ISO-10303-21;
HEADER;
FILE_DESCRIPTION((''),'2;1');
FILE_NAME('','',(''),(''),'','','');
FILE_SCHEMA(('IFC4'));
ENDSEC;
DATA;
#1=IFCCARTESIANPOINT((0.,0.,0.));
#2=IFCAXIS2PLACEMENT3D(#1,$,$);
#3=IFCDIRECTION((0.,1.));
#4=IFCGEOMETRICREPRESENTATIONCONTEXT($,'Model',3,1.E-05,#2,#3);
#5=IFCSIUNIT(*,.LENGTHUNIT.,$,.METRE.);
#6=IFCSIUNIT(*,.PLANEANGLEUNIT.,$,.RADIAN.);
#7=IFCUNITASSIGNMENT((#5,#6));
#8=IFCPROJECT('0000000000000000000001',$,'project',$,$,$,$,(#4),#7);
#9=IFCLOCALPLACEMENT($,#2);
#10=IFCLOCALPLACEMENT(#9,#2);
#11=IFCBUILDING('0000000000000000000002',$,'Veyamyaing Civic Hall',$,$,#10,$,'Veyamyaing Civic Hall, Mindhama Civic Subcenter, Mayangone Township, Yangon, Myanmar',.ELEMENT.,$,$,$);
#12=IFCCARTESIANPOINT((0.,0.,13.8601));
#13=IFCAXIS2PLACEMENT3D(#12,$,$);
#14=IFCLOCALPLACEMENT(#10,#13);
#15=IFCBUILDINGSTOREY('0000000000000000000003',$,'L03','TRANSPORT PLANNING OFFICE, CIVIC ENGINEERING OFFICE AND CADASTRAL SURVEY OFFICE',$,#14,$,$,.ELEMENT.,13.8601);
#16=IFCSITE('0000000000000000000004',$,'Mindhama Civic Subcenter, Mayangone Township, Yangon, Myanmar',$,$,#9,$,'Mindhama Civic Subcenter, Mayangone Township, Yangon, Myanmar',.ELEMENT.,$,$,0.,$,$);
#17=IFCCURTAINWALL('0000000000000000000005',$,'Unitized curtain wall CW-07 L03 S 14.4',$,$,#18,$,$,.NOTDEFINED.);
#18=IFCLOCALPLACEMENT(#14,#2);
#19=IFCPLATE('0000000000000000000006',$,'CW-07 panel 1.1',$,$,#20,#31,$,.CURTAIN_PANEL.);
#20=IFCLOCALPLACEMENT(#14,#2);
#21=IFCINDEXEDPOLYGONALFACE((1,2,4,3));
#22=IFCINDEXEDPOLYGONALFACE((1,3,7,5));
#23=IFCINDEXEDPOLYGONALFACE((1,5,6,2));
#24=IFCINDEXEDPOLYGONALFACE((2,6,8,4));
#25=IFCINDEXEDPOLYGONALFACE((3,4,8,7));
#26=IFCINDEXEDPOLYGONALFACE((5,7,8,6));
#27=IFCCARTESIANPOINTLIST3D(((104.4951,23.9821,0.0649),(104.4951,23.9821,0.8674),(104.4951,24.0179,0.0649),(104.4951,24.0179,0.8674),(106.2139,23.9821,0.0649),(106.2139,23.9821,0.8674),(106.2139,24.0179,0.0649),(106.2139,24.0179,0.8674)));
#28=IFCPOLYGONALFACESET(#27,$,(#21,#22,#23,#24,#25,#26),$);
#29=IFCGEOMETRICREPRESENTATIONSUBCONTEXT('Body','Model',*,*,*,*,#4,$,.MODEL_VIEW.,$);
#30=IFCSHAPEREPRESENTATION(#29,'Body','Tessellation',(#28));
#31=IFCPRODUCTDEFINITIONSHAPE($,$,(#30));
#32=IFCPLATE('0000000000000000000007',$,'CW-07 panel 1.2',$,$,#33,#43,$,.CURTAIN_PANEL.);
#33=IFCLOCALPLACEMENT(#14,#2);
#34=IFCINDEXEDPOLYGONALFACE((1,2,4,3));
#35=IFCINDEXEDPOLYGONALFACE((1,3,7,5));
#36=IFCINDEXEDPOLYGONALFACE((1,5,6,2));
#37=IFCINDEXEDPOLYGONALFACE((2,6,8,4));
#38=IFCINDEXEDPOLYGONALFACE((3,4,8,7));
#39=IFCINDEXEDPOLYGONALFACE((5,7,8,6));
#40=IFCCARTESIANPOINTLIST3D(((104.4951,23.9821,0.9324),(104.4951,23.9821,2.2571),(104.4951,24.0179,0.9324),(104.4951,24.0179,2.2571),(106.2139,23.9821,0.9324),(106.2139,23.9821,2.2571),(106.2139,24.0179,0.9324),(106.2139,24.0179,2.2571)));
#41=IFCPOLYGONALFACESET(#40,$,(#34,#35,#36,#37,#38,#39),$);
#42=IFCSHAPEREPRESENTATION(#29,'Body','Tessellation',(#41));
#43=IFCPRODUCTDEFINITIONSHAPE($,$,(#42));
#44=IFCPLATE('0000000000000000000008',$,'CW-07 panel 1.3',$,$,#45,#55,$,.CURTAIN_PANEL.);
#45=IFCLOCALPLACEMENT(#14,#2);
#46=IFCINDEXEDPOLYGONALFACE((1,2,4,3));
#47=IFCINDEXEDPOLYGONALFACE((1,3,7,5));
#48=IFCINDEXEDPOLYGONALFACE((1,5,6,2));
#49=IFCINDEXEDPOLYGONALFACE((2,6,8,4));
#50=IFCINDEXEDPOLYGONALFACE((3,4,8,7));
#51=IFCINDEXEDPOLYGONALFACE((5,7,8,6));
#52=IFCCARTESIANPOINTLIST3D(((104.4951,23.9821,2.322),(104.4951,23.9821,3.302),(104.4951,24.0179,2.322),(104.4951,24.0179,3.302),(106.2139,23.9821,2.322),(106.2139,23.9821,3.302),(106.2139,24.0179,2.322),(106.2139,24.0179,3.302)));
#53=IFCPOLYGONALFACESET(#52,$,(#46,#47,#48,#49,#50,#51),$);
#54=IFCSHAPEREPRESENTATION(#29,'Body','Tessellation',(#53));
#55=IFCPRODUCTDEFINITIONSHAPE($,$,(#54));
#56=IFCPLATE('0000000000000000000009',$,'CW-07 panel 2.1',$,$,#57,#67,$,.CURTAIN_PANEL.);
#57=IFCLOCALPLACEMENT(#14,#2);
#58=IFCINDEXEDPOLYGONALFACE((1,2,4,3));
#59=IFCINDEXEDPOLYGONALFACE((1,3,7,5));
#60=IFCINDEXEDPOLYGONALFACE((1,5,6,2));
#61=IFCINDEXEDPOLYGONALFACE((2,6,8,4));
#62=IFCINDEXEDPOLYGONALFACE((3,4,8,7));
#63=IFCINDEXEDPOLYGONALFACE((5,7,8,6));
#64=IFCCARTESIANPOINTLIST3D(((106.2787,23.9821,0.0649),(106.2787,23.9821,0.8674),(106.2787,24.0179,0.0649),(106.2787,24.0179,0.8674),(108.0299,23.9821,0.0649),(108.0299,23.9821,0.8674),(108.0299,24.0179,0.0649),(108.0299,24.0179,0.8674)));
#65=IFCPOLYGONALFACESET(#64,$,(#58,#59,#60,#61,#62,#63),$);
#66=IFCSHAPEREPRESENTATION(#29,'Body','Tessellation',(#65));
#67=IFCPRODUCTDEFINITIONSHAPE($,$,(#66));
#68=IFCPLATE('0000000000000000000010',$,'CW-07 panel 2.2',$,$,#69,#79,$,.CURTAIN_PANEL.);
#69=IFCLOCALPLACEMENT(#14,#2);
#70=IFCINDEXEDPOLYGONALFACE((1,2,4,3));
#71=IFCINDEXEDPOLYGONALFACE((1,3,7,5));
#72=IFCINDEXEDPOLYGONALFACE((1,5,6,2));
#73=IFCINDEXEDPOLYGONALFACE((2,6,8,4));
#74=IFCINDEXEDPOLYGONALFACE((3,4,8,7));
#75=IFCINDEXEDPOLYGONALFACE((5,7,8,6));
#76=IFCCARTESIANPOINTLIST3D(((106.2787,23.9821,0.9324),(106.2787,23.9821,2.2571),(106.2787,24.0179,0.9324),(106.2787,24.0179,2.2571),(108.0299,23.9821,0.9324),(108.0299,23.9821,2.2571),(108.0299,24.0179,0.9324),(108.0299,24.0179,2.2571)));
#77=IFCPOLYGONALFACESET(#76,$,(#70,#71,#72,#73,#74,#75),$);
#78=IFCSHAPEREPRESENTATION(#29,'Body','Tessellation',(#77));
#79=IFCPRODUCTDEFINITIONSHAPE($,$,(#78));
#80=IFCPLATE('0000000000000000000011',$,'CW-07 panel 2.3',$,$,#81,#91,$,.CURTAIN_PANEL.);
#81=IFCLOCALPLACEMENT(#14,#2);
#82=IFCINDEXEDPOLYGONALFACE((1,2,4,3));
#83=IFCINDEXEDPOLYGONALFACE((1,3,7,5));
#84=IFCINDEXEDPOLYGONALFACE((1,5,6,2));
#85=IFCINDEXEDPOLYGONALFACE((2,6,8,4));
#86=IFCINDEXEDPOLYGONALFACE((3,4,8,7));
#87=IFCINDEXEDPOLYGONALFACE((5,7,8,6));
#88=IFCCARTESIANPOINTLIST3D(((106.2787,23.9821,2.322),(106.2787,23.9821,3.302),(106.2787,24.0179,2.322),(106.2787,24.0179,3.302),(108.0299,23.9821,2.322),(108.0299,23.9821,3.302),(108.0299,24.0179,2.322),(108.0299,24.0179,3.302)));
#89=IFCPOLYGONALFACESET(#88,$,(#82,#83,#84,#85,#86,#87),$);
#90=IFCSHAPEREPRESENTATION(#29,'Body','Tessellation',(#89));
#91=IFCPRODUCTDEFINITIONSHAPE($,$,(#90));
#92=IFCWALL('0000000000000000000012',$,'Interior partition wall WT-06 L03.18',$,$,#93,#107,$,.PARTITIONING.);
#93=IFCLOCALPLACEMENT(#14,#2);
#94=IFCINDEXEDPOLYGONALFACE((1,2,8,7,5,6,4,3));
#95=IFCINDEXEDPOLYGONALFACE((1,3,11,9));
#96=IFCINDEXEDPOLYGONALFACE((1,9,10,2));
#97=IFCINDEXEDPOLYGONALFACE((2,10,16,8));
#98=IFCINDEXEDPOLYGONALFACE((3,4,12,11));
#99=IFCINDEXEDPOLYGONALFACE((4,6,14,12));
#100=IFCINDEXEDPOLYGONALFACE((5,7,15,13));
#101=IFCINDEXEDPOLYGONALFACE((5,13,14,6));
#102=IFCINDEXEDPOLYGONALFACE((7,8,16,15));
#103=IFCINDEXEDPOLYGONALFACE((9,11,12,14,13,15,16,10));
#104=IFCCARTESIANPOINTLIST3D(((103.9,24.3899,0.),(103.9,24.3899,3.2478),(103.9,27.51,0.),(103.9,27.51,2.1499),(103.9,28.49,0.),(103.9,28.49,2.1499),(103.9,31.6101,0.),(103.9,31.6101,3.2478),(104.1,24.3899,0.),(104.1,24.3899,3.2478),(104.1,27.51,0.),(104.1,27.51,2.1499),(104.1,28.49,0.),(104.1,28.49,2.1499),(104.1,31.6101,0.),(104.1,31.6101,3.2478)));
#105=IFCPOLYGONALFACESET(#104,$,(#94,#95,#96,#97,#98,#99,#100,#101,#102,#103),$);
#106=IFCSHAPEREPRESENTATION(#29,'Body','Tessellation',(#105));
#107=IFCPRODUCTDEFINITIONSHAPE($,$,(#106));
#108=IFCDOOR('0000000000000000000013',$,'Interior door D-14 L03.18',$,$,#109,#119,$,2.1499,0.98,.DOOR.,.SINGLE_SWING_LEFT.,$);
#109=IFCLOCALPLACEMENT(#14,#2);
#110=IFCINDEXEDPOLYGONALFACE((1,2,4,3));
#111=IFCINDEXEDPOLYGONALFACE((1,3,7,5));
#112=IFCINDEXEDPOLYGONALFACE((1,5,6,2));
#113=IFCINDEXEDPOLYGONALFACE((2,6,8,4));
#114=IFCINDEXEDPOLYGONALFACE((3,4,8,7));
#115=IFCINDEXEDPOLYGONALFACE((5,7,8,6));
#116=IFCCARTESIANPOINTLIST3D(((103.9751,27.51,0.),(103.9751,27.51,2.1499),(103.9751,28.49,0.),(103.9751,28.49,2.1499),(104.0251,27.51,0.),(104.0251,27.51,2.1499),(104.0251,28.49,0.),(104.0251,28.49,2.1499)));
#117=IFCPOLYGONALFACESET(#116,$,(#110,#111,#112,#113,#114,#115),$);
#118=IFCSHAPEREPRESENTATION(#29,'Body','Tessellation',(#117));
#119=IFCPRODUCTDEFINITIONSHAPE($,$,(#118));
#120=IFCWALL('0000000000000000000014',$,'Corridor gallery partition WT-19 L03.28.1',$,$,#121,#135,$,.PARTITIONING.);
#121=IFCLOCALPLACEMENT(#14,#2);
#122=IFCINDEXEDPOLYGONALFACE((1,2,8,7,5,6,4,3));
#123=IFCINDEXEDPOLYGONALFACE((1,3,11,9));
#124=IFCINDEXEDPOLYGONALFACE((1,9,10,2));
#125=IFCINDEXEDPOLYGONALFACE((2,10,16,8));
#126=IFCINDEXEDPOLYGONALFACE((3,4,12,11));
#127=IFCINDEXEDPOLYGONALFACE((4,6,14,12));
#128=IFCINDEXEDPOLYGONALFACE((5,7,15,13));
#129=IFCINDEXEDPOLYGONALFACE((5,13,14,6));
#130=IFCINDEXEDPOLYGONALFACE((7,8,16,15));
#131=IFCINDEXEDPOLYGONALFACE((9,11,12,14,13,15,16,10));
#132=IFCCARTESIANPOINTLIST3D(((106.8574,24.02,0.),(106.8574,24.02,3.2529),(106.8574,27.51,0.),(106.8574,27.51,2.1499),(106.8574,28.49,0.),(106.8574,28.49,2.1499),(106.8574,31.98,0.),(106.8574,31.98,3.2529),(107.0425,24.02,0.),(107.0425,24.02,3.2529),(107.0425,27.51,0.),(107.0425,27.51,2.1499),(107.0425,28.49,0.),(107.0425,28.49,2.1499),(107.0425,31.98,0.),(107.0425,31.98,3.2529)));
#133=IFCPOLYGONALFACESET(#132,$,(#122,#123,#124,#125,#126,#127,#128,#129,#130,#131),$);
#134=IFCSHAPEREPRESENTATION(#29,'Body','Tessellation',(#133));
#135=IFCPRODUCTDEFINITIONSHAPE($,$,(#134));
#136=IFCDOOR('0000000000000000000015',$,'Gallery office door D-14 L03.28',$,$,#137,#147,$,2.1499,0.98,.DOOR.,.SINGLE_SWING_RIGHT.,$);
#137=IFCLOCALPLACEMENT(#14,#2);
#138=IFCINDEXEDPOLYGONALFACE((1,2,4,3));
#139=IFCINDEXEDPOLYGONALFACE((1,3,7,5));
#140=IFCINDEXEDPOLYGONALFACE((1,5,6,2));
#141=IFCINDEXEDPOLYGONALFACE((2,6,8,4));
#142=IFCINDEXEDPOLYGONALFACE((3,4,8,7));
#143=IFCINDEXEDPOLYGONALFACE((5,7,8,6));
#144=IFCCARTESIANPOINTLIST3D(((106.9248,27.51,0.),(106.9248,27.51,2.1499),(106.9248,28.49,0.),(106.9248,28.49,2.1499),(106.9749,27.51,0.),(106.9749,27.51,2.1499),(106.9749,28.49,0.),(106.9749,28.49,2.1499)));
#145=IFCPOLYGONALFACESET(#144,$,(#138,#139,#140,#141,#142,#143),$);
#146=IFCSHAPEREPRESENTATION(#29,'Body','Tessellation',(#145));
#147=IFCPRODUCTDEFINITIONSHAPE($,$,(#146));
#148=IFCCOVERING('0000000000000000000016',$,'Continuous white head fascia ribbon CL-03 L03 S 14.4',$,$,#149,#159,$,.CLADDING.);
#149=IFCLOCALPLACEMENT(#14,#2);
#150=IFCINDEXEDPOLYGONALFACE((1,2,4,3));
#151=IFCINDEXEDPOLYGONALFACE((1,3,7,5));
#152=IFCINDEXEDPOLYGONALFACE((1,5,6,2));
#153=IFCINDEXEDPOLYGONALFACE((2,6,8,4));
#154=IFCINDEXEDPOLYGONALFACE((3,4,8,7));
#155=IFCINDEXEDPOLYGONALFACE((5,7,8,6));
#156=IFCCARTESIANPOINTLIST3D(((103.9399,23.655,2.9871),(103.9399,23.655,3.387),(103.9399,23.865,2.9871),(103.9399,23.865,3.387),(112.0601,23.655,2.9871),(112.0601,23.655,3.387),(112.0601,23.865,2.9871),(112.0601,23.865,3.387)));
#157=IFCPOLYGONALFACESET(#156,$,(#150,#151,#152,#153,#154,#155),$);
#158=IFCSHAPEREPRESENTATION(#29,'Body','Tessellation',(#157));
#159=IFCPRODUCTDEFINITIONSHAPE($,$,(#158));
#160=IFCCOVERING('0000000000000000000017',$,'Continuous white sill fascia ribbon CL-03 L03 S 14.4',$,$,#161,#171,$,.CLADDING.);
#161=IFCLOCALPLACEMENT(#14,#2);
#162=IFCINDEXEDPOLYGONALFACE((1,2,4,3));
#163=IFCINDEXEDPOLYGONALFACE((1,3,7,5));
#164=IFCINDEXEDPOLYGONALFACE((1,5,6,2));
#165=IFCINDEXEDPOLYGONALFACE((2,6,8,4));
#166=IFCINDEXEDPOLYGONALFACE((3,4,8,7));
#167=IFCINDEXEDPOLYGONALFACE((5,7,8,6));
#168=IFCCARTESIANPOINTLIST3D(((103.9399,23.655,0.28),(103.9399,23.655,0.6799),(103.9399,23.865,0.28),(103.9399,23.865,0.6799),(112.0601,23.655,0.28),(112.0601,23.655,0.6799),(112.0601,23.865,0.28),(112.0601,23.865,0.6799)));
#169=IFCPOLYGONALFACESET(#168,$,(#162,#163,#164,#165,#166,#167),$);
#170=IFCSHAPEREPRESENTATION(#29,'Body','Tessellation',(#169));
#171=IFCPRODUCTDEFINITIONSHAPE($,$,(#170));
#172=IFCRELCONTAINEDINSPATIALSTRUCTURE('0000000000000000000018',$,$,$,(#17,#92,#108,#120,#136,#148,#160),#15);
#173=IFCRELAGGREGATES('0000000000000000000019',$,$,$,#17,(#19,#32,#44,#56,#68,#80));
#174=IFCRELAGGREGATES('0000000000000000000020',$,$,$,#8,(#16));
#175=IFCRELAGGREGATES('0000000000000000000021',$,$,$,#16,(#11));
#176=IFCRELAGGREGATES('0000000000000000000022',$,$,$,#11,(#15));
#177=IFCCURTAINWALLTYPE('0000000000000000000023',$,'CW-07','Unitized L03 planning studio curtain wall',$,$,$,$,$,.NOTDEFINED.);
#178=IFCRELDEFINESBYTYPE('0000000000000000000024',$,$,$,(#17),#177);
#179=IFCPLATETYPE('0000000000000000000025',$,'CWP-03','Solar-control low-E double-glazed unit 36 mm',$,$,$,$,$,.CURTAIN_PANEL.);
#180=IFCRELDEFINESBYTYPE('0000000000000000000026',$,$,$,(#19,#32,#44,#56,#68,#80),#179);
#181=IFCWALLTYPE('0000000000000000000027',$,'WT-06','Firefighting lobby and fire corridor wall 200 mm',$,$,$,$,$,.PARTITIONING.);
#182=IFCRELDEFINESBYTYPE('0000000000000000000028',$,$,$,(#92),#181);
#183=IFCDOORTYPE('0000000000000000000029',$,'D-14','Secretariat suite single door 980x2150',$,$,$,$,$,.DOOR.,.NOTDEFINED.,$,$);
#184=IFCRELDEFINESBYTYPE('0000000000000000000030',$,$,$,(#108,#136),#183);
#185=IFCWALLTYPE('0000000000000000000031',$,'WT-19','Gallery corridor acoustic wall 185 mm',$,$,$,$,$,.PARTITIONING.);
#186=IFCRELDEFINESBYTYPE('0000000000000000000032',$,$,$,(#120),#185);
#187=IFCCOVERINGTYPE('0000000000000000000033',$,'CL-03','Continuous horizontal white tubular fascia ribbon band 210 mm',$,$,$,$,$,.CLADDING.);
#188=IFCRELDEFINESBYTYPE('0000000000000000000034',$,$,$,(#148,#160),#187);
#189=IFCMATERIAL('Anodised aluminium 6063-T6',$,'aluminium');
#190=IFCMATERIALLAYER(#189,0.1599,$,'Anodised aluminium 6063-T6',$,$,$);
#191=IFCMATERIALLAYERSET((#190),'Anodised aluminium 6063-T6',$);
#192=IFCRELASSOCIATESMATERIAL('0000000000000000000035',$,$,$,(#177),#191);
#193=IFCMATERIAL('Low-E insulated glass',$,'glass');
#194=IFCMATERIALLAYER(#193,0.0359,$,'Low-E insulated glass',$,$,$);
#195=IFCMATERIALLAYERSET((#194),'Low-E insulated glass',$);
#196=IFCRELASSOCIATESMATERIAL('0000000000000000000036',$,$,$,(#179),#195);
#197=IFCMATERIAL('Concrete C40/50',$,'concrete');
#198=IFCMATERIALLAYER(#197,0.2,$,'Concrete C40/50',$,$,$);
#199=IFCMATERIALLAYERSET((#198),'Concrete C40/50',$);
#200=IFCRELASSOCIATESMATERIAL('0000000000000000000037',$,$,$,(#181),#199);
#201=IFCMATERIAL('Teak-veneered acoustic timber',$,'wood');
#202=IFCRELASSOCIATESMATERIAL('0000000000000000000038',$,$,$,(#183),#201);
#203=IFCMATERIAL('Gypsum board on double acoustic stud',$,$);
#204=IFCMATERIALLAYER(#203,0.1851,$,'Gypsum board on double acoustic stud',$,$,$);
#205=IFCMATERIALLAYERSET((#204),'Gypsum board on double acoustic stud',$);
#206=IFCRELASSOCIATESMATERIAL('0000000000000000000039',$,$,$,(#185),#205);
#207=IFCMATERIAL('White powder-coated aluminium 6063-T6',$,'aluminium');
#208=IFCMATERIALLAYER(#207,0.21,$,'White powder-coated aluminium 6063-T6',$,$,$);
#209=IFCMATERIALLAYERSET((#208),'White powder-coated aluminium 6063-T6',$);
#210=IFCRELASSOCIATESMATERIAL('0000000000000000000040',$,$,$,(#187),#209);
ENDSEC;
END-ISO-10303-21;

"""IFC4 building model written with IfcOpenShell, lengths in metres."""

from ifc_helpers import new_model, si_unit, direction, frame, frame_2d, origin, origin_2d, place, context, subcontext, project, spatial, rectangle, extrude, material, layer, layer_set, type_object, element, fill, aggregate, save


model = new_model("IFC4")

# Units and contexts
model_context = context("Model", 3, precision=1e-05, world=origin(), true_north=direction((0.0, 1.0)))
body_context = subcontext(model_context, "Body", "Model", "MODEL_VIEW")
ifc_project = project(units=[si_unit("LENGTHUNIT", "METRE"), si_unit("PLANEANGLEUNIT", "RADIAN")], contexts=[model_context])

# Site, building, storey
site_placement = place(None, origin())
site = spatial("IfcSite", under=ifc_project, at=site_placement, Name="Mindhama Civic Subcenter, Mayangone Township, Yangon, Myanmar", LongName="Mindhama Civic Subcenter, Mayangone Township, Yangon, Myanmar", CompositionType="ELEMENT", RefElevation=0.0)
building_placement = place(site_placement, origin())
building = spatial("IfcBuilding", under=site, at=building_placement, Name="Veyamyaing Civic Hall", LongName="Veyamyaing Civic Hall, Mindhama Civic Subcenter, Mayangone Township, Yangon, Myanmar", CompositionType="ELEMENT")
storey_placement = place(building_placement, frame((0.0, 0.0, 13.8601)))
storey = spatial("IfcBuildingStorey", under=building, at=storey_placement, Name="L03", Description="TRANSPORT PLANNING OFFICE, CIVIC ENGINEERING OFFICE AND CADASTRAL SURVEY OFFICE", CompositionType="ELEMENT", Elevation=13.8601)

# Curtain wall
ifc_material_1 = material(Name="Anodised aluminium 6063-T6", Category="aluminium")
ifc_layer_1 = layer(ifc_material_1, 0.1599, Name="Anodised aluminium 6063-T6")
ifc_layer_set_1 = layer_set([ifc_layer_1], Name="Anodised aluminium 6063-T6")
curtain_wall_type = type_object("IfcCurtainWallType", Name="CW-07", Description="Unitized L03 planning studio curtain wall", PredefinedType="NOTDEFINED", material=ifc_layer_set_1)
curtain_wall_1_placement = place(storey_placement, origin())
curtain_wall_1 = element("IfcCurtainWall", 1, at=curtain_wall_1_placement, inside=storey, type_object=curtain_wall_type, Name="Unitized curtain wall CW-07 L03 S 14.4", PredefinedType="NOTDEFINED")

# Plates
ifc_material_2 = material(Name="Low-E insulated glass", Category="glass")
ifc_layer_2 = layer(ifc_material_2, 0.0359, Name="Low-E insulated glass")
ifc_layer_set_2 = layer_set([ifc_layer_2], Name="Low-E insulated glass")
plate_type_1 = type_object("IfcPlateType", Name="CWP-03", Description="Solar-control low-E double-glazed unit 36 mm", PredefinedType="CURTAIN_PANEL", material=ifc_layer_set_2)
plate_1_placement = place(storey_placement, frame((105.3545, 24.0, 0.0649), z_axis=(0.0, 0.0, 1.0), x_axis=(1.0, 0.0, 0.0)))
plate_1 = element("IfcPlate", 2, at=plate_1_placement, type_object=plate_type_1, Name="CW-07 panel 1.1", PredefinedType="CURTAIN_PANEL", context=body_context, shape_type="SweptSolid", body=[
    extrude(rectangle(XDim=1.7188, YDim=0.0359, at=origin_2d()), origin(), (0.0, 0.0, 1.0), 0.8025),
])
plate_2_placement = place(storey_placement, frame((105.3545, 24.0, 0.9324), z_axis=(0.0, 0.0, 1.0), x_axis=(1.0, 0.0, 0.0)))
plate_2 = element("IfcPlate", 3, at=plate_2_placement, type_object=plate_type_1, Name="CW-07 panel 1.2", PredefinedType="CURTAIN_PANEL", context=body_context, shape_type="SweptSolid", body=[
    extrude(rectangle(XDim=1.7188, YDim=0.0359, at=origin_2d()), origin(), (0.0, 0.0, 1.0), 1.3247),
])
plate_3_placement = place(storey_placement, frame((105.3545, 24.0, 2.322), z_axis=(0.0, 0.0, 1.0), x_axis=(1.0, 0.0, 0.0)))
plate_3 = element("IfcPlate", 4, at=plate_3_placement, type_object=plate_type_1, Name="CW-07 panel 1.3", PredefinedType="CURTAIN_PANEL", context=body_context, shape_type="SweptSolid", body=[
    extrude(rectangle(XDim=1.7188, YDim=0.0359, at=origin_2d()), origin(), (0.0, 0.0, 1.0), 0.98),
])
plate_4_placement = place(storey_placement, frame((107.1543, 24.0, 0.0649), z_axis=(0.0, 0.0, 1.0), x_axis=(1.0, 0.0, 0.0)))
plate_4 = element("IfcPlate", 5, at=plate_4_placement, type_object=plate_type_1, Name="CW-07 panel 2.1", PredefinedType="CURTAIN_PANEL", context=body_context, shape_type="SweptSolid", body=[
    extrude(rectangle(XDim=1.7512, YDim=0.0359, at=origin_2d()), origin(), (0.0, 0.0, 1.0), 0.8025),
])
plate_5_placement = place(storey_placement, frame((107.1543, 24.0, 0.9324), z_axis=(0.0, 0.0, 1.0), x_axis=(1.0, 0.0, 0.0)))
plate_5 = element("IfcPlate", 6, at=plate_5_placement, type_object=plate_type_1, Name="CW-07 panel 2.2", PredefinedType="CURTAIN_PANEL", context=body_context, shape_type="SweptSolid", body=[
    extrude(rectangle(XDim=1.7512, YDim=0.0359, at=origin_2d()), origin(), (0.0, 0.0, 1.0), 1.3247),
])
plate_6_placement = place(storey_placement, frame((107.1543, 24.0, 2.322), z_axis=(0.0, 0.0, 1.0), x_axis=(1.0, 0.0, 0.0)))
plate_6 = element("IfcPlate", 7, at=plate_6_placement, type_object=plate_type_1, Name="CW-07 panel 2.3", PredefinedType="CURTAIN_PANEL", context=body_context, shape_type="SweptSolid", body=[
    extrude(rectangle(XDim=1.7512, YDim=0.0359, at=origin_2d()), origin(), (0.0, 0.0, 1.0), 0.98),
])
aggregate(curtain_wall_1, [plate_1, plate_2, plate_3, plate_4, plate_5, plate_6])

# Walls, openings, doors
ifc_material_3 = material(Name="Concrete C40/50", Category="concrete")
ifc_layer_3 = layer(ifc_material_3, 0.2, Name="Concrete C40/50")
ifc_layer_set_3 = layer_set([ifc_layer_3], Name="Concrete C40/50")
wall_type_1 = type_object("IfcWallType", Name="WT-06", Description="Firefighting lobby and fire corridor wall 200 mm", PredefinedType="PARTITIONING", material=ifc_layer_set_3)
wall_1_placement = place(storey_placement, frame((104.0, 24.3899, 0.0), z_axis=(0.0, 0.0, 1.0), x_axis=(0.0, 1.0, 0.0)))
wall_1 = element("IfcWall", 8, at=wall_1_placement, inside=storey, type_object=wall_type_1, Name="Interior partition wall WT-06 L03.18", PredefinedType="PARTITIONING", context=body_context, shape_type="SweptSolid", body=[
    extrude(rectangle(XDim=7.2202, YDim=0.2, at=frame_2d((3.6101, 0.0))), origin(), (0.0, 0.0, 1.0), 3.2478),
])
opening_1_placement = place(wall_1_placement, frame((3.1201, 0.0, 0.0)))
opening_1 = element("IfcOpeningElement", 9, at=opening_1_placement, cuts=wall_1, PredefinedType="OPENING", context=body_context, shape_type="SweptSolid", body=[
    extrude(rectangle(XDim=0.98, YDim=2.1499, at=frame_2d((0.49, 1.075))), frame((0.0, 0.1099, 0.0), z_axis=(0.0, -1.0, 0.0), x_axis=(1.0, 0.0, 0.0)), (0.0, 0.0, 1.0), 0.22),
])
ifc_material_4 = material(Name="Teak-veneered acoustic timber", Category="wood")
door_type = type_object("IfcDoorType", Name="D-14", Description="Secretariat suite single door 980x2150", OperationType="NOTDEFINED", PredefinedType="DOOR", material=ifc_material_4)
door_1_placement = place(opening_1_placement, origin())
door_1 = element("IfcDoor", 10, at=door_1_placement, inside=storey, type_object=door_type, Name="Interior door D-14 L03.18", OperationType="SINGLE_SWING_LEFT", OverallHeight=2.1499, OverallWidth=0.98, PredefinedType="DOOR", context=body_context, shape_type="SweptSolid", body=[
    extrude(rectangle(XDim=0.98, YDim=2.1499, at=frame_2d((0.49, 1.075))), frame((0.0, 0.0249, 0.0), z_axis=(0.0, -1.0, 0.0), x_axis=(1.0, 0.0, 0.0)), (0.0, 0.0, 1.0), 0.05),
])
fill(opening_1, door_1)
ifc_material_5 = material(Name="Gypsum board on double acoustic stud")
ifc_layer_4 = layer(ifc_material_5, 0.1851, Name="Gypsum board on double acoustic stud")
ifc_layer_set_4 = layer_set([ifc_layer_4], Name="Gypsum board on double acoustic stud")
wall_type_2 = type_object("IfcWallType", Name="WT-19", Description="Gallery corridor acoustic wall 185 mm", PredefinedType="PARTITIONING", material=ifc_layer_set_4)
wall_2_placement = place(storey_placement, frame((106.95, 24.02, 0.0), z_axis=(0.0, 0.0, 1.0), x_axis=(0.0, 1.0, 0.0)))
wall_2 = element("IfcWall", 11, at=wall_2_placement, inside=storey, type_object=wall_type_2, Name="Corridor gallery partition WT-19 L03.28.1", PredefinedType="PARTITIONING", context=body_context, shape_type="SweptSolid", body=[
    extrude(rectangle(XDim=7.96, YDim=0.1851, at=frame_2d((3.98, 0.0))), origin(), (0.0, 0.0, 1.0), 3.2529),
])
opening_2_placement = place(wall_2_placement, frame((3.49, 0.0, 0.0)))
opening_2 = element("IfcOpeningElement", 12, at=opening_2_placement, cuts=wall_2, PredefinedType="OPENING", context=body_context, shape_type="SweptSolid", body=[
    extrude(rectangle(XDim=0.98, YDim=2.1499, at=frame_2d((0.49, 1.075))), frame((0.0, 0.1025, 0.0), z_axis=(0.0, -1.0, 0.0), x_axis=(1.0, 0.0, 0.0)), (0.0, 0.0, 1.0), 0.2051),
])
door_2_placement = place(opening_2_placement, frame((0.98, 0.0, 0.0), z_axis=(0.0, 0.0, 1.0), x_axis=(-1.0, 0.0, 0.0)))
door_2 = element("IfcDoor", 13, at=door_2_placement, inside=storey, type_object=door_type, Name="Gallery office door D-14 L03.28", OperationType="SINGLE_SWING_RIGHT", OverallHeight=2.1499, OverallWidth=0.98, PredefinedType="DOOR", context=body_context, shape_type="SweptSolid", body=[
    extrude(rectangle(XDim=0.98, YDim=2.1499, at=frame_2d((0.49, 1.075))), frame((0.0, 0.0249, 0.0), z_axis=(0.0, -1.0, 0.0), x_axis=(1.0, 0.0, 0.0)), (0.0, 0.0, 1.0), 0.05),
])
fill(opening_2, door_2)

# Coverings
ifc_material_6 = material(Name="White powder-coated aluminium 6063-T6", Category="aluminium")
ifc_layer_5 = layer(ifc_material_6, 0.21, Name="White powder-coated aluminium 6063-T6")
ifc_layer_set_5 = layer_set([ifc_layer_5], Name="White powder-coated aluminium 6063-T6")
covering_type = type_object("IfcCoveringType", Name="CL-03", Description="Continuous horizontal white tubular fascia ribbon band 210 mm", PredefinedType="CLADDING", material=ifc_layer_set_5)
for number, where, z_axis, x_axis, name in (
    (14, (108.0, 23.76, 2.9871), (0.0, 0.0, 1.0), (1.0, 0.0, 0.0), "Continuous white head fascia ribbon CL-03 L03 S 14.4"),
    (15, (108.0, 23.76, 0.28), (0.0, 0.0, 1.0), (1.0, 0.0, 0.0), "Continuous white sill fascia ribbon CL-03 L03 S 14.4"),
):
    element("IfcCovering", number, at=place(storey_placement, frame(where, z_axis=z_axis, x_axis=x_axis)), inside=storey, type_object=covering_type, Name=name, PredefinedType="CLADDING", context=body_context, shape_type="SweptSolid", body=[
        extrude(rectangle(XDim=8.1201, YDim=0.21, at=origin_2d()), origin(), (0.0, 0.0, 1.0), 0.3999),
    ])

save(model, "model.ifc")
